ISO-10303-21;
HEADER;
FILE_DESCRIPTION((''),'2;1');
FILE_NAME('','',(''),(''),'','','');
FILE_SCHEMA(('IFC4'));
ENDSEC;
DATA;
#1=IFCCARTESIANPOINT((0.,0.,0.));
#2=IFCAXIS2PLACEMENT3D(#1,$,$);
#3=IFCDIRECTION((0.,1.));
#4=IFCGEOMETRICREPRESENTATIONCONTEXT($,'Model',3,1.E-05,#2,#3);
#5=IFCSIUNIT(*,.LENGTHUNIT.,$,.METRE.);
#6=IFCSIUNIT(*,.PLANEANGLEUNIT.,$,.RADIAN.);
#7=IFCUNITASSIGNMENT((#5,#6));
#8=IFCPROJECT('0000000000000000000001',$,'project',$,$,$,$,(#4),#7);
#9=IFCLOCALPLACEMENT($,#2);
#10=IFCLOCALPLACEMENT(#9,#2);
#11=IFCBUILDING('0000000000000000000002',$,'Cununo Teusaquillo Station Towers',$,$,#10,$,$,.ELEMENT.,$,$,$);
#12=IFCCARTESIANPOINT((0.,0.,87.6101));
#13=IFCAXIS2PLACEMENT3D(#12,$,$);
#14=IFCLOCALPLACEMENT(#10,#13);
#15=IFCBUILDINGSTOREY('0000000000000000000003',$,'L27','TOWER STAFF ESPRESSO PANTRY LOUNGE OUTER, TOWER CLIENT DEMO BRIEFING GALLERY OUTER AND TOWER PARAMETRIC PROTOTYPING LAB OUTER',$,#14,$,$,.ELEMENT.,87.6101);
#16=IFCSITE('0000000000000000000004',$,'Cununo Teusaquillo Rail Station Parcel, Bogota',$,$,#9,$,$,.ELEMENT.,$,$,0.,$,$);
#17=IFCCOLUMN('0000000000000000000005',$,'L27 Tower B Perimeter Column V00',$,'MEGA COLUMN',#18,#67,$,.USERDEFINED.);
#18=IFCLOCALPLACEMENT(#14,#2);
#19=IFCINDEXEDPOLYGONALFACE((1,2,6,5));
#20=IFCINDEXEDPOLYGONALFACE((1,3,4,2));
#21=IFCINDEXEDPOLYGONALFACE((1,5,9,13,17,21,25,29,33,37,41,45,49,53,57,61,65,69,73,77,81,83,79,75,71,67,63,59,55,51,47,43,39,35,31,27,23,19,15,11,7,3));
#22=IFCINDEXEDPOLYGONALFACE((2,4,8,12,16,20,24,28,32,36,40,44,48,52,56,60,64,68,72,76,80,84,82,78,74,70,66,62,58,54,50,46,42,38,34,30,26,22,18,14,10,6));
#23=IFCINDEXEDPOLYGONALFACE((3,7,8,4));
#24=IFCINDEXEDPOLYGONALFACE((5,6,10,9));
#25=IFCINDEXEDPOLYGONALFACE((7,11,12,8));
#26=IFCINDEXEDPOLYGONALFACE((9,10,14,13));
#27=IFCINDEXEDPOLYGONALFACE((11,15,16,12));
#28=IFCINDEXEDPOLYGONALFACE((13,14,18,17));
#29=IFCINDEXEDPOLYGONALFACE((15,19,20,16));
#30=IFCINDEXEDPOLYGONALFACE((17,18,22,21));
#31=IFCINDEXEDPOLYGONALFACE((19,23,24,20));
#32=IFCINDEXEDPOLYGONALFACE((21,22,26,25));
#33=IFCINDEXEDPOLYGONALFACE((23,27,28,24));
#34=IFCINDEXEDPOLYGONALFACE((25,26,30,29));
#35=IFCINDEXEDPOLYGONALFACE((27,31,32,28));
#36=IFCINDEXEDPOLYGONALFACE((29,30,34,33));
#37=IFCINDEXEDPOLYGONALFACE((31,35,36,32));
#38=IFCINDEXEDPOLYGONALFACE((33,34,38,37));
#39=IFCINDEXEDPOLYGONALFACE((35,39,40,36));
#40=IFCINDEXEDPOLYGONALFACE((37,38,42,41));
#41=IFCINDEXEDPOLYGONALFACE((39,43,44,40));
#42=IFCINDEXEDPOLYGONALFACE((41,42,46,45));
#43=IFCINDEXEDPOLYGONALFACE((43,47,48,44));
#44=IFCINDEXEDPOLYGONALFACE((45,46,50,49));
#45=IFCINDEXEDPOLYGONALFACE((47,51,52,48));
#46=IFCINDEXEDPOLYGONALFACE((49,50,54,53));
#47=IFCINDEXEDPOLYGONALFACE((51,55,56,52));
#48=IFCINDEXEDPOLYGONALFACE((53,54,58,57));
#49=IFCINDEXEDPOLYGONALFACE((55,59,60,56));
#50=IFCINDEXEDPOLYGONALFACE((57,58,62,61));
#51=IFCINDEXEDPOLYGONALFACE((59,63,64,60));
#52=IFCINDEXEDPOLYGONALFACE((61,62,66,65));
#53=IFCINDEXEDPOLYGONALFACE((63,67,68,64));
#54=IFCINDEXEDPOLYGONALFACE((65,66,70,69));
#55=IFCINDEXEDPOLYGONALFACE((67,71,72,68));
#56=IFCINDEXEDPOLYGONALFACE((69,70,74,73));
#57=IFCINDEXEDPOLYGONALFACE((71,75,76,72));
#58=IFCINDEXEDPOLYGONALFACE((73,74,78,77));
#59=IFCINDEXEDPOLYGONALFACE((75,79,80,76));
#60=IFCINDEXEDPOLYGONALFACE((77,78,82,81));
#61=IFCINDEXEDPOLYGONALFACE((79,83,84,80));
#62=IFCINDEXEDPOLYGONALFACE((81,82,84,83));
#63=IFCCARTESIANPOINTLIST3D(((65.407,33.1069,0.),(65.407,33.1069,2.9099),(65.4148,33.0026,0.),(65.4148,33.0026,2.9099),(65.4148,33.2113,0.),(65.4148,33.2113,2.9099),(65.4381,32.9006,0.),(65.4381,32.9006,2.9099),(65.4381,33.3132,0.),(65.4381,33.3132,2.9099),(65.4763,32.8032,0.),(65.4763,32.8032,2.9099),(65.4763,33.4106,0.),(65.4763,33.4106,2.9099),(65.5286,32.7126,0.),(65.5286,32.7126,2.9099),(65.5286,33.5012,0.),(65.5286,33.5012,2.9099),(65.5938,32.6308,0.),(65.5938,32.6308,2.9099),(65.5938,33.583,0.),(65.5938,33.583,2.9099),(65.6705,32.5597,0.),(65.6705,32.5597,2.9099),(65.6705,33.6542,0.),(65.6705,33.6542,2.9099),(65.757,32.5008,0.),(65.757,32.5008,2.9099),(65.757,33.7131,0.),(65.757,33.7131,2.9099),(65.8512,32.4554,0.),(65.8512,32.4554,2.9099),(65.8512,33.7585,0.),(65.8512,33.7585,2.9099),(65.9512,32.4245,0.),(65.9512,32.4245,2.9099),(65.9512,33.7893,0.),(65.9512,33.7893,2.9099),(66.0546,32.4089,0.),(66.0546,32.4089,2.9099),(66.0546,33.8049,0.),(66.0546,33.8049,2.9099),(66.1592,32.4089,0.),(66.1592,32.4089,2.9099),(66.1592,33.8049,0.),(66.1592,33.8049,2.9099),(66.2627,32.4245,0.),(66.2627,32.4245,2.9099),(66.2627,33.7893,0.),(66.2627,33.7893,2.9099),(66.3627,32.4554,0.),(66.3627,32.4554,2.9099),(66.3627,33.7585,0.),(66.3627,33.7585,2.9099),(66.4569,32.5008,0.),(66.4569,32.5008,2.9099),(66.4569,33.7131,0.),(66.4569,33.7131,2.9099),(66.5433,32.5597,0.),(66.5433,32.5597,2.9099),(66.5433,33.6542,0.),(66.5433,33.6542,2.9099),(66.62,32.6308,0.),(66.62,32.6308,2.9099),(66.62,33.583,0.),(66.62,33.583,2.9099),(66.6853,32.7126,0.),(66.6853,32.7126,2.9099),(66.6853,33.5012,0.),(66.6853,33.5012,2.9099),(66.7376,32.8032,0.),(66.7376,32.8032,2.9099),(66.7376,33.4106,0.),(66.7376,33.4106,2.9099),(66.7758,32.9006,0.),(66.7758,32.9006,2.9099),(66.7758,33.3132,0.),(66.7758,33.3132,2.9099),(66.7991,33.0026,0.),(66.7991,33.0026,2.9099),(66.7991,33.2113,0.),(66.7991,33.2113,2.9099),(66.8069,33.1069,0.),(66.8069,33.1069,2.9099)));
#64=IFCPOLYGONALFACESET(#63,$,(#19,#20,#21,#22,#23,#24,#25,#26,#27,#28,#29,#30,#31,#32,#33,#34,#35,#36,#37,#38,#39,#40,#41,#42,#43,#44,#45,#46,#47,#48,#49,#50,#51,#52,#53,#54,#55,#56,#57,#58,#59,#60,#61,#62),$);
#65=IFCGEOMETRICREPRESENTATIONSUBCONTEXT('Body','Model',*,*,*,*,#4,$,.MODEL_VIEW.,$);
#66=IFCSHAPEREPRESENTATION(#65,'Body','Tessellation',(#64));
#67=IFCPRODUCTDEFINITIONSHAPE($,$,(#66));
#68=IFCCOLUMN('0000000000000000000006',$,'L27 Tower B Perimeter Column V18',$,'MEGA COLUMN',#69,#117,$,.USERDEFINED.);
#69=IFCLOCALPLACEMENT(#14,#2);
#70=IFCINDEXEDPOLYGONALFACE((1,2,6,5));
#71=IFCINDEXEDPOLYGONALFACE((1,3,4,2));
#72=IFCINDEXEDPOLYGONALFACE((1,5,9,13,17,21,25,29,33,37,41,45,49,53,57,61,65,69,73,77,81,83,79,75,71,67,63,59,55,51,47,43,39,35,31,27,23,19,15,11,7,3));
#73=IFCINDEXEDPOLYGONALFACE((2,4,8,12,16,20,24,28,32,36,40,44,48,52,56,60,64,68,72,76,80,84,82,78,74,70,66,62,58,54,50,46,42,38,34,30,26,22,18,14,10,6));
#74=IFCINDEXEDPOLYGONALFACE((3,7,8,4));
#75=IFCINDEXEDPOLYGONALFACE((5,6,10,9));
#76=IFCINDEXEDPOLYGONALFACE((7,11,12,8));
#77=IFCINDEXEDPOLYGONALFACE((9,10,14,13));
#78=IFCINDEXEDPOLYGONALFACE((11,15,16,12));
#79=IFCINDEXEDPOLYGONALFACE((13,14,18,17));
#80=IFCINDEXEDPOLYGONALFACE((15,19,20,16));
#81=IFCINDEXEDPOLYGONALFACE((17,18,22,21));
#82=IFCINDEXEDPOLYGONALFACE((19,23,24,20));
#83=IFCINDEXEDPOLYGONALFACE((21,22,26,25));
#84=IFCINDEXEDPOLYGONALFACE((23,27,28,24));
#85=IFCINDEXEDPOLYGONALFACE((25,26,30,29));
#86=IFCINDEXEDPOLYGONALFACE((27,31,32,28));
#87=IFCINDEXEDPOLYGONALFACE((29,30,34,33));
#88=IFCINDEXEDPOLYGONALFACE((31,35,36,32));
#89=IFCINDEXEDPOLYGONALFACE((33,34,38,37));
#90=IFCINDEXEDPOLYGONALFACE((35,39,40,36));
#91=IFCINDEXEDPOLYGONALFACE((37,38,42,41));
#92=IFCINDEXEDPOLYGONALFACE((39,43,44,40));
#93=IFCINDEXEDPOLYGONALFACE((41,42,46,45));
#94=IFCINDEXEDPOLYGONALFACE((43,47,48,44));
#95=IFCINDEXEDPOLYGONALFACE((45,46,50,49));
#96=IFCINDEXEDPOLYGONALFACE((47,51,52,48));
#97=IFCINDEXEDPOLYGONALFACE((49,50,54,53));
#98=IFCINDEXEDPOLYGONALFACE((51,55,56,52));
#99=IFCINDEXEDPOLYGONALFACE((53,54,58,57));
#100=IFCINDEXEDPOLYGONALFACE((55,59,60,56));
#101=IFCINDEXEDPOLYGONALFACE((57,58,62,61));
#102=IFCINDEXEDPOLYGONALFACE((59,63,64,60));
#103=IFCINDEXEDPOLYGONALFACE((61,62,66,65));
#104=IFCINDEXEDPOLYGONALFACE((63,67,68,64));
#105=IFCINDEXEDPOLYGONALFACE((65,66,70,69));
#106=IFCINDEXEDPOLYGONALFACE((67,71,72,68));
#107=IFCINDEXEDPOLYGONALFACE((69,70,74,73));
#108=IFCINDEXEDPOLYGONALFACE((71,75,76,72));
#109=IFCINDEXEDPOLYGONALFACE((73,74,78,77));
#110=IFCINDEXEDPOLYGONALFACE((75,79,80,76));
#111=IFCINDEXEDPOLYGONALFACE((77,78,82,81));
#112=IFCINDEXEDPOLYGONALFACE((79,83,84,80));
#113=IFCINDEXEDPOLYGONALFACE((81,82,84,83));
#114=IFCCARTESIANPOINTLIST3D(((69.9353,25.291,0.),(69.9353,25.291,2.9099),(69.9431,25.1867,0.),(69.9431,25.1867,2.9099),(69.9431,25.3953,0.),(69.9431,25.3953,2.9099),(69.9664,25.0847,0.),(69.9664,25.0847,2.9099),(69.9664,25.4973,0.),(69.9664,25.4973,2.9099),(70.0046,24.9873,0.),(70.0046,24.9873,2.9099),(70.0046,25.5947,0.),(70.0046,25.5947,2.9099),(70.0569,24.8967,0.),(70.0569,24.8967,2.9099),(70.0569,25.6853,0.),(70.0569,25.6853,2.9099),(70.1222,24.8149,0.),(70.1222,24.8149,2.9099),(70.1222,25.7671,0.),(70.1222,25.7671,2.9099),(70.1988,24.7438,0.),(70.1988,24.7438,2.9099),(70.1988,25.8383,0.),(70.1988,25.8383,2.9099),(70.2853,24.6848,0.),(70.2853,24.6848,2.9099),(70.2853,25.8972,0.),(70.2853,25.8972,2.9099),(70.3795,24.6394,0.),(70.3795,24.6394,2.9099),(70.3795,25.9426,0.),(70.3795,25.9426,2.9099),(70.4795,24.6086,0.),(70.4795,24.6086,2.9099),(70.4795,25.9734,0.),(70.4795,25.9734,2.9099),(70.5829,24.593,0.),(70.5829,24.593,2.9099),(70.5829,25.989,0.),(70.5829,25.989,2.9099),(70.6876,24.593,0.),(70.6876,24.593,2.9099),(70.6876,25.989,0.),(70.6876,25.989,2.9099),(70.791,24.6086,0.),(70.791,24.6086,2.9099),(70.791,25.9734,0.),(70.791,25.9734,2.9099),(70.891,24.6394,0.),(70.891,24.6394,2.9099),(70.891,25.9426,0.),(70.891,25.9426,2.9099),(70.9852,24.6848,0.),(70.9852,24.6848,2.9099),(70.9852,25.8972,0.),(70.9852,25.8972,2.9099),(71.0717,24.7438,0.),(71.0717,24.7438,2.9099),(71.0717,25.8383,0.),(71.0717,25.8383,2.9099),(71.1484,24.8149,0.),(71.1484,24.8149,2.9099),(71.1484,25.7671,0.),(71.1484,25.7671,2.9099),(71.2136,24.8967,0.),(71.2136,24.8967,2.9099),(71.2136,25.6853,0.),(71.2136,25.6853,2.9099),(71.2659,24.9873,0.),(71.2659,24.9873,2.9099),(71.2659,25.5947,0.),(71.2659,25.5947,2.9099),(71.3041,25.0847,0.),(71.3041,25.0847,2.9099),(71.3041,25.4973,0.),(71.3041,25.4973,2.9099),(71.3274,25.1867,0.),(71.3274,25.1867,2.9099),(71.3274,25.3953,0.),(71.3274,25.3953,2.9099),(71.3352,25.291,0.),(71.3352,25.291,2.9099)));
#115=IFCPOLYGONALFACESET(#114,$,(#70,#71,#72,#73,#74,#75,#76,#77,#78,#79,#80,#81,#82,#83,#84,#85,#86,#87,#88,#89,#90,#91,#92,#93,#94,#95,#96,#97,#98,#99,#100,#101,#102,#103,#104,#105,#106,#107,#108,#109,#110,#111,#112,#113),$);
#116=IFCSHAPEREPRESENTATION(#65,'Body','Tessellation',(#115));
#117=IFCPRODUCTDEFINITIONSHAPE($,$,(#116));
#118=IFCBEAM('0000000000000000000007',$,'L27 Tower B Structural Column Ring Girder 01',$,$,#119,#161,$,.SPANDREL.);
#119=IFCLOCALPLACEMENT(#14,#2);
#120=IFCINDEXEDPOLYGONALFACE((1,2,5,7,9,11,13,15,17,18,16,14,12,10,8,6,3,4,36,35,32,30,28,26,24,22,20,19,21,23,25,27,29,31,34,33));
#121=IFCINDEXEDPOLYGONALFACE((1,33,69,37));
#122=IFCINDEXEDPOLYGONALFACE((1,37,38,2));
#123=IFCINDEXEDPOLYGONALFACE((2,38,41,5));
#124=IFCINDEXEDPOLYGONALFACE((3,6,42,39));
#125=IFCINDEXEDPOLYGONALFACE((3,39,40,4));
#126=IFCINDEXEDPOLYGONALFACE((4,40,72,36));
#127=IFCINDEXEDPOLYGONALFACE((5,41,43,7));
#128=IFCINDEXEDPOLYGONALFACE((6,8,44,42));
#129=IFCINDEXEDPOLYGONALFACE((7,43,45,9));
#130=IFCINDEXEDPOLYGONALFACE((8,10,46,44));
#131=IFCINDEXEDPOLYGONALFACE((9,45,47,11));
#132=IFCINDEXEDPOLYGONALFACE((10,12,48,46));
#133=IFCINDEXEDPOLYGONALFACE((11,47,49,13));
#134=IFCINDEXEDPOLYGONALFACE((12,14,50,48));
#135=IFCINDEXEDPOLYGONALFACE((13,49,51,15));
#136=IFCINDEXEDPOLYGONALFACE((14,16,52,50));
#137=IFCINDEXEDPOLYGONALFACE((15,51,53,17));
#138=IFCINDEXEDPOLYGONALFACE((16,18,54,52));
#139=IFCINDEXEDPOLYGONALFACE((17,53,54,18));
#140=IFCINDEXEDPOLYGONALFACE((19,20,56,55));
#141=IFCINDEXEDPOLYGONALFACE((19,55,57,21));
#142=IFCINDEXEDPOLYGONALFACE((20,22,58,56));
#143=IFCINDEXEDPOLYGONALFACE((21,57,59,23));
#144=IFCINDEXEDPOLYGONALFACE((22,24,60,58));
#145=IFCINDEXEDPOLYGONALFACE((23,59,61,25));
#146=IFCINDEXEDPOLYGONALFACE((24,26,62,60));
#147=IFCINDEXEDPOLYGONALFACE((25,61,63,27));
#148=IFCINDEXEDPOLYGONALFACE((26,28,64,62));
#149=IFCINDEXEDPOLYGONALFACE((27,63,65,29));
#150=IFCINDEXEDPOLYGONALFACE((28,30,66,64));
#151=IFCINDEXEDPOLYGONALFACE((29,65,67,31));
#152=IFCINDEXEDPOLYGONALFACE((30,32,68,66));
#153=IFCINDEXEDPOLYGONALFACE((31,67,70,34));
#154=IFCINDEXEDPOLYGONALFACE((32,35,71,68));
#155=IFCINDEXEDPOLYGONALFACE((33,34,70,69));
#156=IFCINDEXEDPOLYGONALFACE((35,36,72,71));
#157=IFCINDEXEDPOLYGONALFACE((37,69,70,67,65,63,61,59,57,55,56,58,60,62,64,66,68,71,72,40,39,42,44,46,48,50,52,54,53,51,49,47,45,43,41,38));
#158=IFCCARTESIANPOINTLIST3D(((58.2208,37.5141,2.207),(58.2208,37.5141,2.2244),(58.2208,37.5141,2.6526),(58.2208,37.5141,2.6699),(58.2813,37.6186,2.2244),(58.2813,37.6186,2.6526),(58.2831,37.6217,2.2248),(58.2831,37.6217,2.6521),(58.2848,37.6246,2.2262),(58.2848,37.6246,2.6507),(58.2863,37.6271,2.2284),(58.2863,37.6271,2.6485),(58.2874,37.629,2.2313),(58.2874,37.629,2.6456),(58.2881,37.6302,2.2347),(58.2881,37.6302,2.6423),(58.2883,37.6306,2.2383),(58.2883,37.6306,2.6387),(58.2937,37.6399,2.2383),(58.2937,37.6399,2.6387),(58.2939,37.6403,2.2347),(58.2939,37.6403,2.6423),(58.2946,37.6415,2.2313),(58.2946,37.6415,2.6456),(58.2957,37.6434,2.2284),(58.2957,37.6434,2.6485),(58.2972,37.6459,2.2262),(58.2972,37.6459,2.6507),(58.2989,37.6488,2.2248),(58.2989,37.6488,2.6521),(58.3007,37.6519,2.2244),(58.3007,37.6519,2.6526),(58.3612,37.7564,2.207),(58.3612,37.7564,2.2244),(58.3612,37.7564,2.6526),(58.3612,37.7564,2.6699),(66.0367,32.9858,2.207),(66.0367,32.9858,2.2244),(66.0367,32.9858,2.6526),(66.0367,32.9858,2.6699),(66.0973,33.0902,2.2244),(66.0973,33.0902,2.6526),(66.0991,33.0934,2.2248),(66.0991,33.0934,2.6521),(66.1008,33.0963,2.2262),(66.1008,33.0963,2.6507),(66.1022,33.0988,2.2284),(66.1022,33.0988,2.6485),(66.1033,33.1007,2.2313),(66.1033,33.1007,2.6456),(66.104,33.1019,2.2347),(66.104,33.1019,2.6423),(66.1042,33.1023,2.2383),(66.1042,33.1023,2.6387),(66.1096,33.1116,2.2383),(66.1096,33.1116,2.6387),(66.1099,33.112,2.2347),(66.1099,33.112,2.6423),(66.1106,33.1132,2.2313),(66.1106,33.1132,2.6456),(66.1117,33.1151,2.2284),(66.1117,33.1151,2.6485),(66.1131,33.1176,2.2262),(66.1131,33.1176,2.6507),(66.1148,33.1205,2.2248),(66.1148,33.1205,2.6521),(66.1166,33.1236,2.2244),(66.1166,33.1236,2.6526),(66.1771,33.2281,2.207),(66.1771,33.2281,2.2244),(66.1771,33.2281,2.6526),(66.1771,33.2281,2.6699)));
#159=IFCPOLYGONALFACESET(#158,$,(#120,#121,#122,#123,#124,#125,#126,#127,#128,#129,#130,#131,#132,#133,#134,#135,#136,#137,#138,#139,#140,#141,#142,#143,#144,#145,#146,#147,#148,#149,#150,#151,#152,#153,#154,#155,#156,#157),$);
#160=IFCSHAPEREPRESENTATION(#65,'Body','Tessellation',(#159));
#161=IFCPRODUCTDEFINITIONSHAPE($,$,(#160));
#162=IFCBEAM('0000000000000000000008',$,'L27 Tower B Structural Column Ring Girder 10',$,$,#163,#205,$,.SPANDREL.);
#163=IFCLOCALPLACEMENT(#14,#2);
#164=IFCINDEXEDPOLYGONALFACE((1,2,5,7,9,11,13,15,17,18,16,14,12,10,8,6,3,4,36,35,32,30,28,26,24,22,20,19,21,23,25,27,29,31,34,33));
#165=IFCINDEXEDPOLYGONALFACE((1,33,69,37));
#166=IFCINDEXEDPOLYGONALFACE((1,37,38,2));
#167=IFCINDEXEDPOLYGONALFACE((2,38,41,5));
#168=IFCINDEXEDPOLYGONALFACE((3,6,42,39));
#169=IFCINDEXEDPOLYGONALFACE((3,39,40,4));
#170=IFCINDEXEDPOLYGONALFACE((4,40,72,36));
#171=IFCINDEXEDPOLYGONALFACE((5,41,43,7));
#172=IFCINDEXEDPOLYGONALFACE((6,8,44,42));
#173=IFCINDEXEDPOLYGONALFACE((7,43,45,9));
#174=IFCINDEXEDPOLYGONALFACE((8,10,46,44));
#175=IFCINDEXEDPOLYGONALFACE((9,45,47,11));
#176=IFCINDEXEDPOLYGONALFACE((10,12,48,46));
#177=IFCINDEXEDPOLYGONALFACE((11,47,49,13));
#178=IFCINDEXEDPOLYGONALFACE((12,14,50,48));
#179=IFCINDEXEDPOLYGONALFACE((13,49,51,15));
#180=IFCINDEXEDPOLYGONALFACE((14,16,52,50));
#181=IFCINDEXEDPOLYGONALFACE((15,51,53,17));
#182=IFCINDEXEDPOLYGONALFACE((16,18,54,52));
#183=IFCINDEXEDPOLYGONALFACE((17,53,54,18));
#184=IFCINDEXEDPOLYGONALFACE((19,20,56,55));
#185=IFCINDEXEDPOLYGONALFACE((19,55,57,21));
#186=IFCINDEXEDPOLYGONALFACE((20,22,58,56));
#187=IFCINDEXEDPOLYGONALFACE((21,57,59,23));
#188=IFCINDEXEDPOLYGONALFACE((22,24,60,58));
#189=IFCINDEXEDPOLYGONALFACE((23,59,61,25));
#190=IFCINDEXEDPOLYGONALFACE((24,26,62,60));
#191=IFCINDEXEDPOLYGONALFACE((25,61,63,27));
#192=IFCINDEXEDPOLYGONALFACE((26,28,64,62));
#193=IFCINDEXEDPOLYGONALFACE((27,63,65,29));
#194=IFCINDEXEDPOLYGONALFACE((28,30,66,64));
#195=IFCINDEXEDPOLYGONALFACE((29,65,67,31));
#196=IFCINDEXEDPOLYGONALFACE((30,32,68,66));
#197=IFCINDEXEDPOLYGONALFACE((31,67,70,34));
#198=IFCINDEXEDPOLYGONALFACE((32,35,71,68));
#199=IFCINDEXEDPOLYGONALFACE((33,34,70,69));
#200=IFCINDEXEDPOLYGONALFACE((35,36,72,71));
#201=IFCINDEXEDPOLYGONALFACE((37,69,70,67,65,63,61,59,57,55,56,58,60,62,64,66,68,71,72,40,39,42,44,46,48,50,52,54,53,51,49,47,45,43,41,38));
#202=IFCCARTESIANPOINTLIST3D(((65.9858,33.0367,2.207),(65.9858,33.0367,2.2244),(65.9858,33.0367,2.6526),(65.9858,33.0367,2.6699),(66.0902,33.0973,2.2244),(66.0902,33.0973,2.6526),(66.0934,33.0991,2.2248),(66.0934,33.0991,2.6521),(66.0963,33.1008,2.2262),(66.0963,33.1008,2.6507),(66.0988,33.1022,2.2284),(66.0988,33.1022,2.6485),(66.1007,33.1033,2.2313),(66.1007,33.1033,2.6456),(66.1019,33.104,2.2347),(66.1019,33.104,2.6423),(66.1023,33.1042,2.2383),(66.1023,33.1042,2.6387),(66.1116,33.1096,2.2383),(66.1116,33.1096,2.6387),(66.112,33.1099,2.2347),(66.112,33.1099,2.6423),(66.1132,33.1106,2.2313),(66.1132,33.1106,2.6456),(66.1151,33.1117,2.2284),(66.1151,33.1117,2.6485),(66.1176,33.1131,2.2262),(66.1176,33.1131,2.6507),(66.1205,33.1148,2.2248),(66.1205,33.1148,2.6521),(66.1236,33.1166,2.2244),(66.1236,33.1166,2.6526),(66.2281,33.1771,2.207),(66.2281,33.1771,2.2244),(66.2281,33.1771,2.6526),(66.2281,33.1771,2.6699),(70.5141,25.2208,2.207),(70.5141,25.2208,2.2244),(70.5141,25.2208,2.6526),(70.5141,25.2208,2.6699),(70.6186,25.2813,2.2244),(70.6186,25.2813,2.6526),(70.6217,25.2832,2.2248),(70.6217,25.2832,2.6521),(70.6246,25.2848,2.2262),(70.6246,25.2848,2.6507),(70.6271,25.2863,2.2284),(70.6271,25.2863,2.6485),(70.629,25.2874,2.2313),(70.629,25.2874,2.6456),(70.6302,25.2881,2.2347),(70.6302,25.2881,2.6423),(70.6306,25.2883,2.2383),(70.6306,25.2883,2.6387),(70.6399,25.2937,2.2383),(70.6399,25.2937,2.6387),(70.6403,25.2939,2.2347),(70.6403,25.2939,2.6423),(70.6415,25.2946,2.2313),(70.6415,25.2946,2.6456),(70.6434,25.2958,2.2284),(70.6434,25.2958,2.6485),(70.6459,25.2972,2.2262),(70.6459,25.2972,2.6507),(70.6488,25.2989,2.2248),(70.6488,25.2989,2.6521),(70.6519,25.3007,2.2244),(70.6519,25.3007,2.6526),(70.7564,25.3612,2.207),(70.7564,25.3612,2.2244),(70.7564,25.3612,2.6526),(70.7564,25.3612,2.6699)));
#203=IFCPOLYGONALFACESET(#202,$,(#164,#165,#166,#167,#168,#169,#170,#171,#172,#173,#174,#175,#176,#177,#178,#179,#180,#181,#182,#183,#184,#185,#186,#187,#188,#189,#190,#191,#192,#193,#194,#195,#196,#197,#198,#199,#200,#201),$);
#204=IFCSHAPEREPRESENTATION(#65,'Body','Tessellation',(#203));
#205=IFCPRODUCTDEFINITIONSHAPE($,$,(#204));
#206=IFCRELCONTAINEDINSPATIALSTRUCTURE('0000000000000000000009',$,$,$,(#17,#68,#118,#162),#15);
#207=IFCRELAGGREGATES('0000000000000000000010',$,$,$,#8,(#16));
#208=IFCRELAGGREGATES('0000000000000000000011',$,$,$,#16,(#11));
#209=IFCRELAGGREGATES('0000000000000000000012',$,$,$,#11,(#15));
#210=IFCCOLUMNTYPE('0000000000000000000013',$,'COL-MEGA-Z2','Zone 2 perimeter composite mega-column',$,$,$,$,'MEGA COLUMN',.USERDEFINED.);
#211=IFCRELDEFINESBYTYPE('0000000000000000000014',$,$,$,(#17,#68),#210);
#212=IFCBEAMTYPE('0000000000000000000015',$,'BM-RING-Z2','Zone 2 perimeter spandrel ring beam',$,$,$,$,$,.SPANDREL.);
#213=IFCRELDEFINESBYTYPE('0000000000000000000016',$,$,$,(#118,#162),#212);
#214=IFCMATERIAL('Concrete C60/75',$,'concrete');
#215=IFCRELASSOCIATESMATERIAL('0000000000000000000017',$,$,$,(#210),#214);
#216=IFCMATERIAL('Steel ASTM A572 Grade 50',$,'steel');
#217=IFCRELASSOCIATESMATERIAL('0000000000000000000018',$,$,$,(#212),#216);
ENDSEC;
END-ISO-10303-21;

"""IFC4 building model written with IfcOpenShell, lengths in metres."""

from ifc_helpers import new_model, si_unit, direction, frame, origin, origin_2d, place, context, subcontext, project, spatial, circle, i_section, extrude, material, material_profile, profile_set, type_object, element, save


model = new_model("IFC4")

# Units and contexts
model_context = context("Model", 3, precision=1e-05, world=origin(), true_north=direction((0.0, 1.0)))
body_context = subcontext(model_context, "Body", "Model", "MODEL_VIEW")
ifc_project = project(units=[si_unit("LENGTHUNIT", "METRE"), si_unit("PLANEANGLEUNIT", "RADIAN")], contexts=[model_context])

# Site, building, storey
site_placement = place(None, origin())
site = spatial("IfcSite", under=ifc_project, at=site_placement, Name="Cununo Teusaquillo Rail Station Parcel, Bogota", CompositionType="ELEMENT", RefElevation=0.0)
building_placement = place(site_placement, origin())
building = spatial("IfcBuilding", under=site, at=building_placement, Name="Cununo Teusaquillo Station Towers", CompositionType="ELEMENT")
storey_placement = place(building_placement, frame((0.0, 0.0, 87.6101)))
storey = spatial("IfcBuildingStorey", under=building, at=storey_placement, Name="L27", Description="TOWER STAFF ESPRESSO PANTRY LOUNGE OUTER, TOWER CLIENT DEMO BRIEFING GALLERY OUTER AND TOWER PARAMETRIC PROTOTYPING LAB OUTER", CompositionType="ELEMENT", Elevation=87.6101)

# Columns
ifc_material_1 = material(Name="Concrete C60/75", Category="concrete")
ifc_material_profile_1 = material_profile(ifc_material_1, circle(Radius=0.7, at=origin_2d()), Name="RC-CIRC-1400")
ifc_profile_set_1 = profile_set([ifc_material_profile_1], Name="Concrete C60/75")
column_type = type_object("IfcColumnType", Name="COL-MEGA-Z2", Description="Zone 2 perimeter composite mega-column", ElementType="MEGA COLUMN", PredefinedType="USERDEFINED", material=ifc_profile_set_1)
for number, where, z_axis, x_axis, name in (
    (1, (66.1069, 33.1069, 0.0), (0.0, 0.0, 1.0), (1.0, 0.0, 0.0), "L27 Tower B Perimeter Column V00"),
    (2, (70.6353, 25.291, 0.0), (0.0, 0.0, 1.0), (1.0, 0.0, 0.0), "L27 Tower B Perimeter Column V18"),
):
    element("IfcColumn", number, at=place(storey_placement, frame(where, z_axis=z_axis, x_axis=x_axis)), inside=storey, type_object=column_type, Name=name, ObjectType="MEGA COLUMN", PredefinedType="USERDEFINED", context=body_context, shape_type="SweptSolid", body=[
        extrude(circle(Radius=0.7, at=origin_2d()), origin(), (0.0, 0.0, 1.0), 2.9099),
    ])

# Beams
ifc_material_2 = material(Name="Steel ASTM A572 Grade 50", Category="steel")
ifc_material_profile_2 = material_profile(ifc_material_2, i_section(OverallWidth=0.28, OverallDepth=0.4629, WebThickness=0.0107, FlangeThickness=0.0173, FilletRadius=0.0139, at=origin_2d()), Name="W18X76")
ifc_profile_set_2 = profile_set([ifc_material_profile_2], Name="Steel ASTM A572 Grade 50")
beam_type = type_object("IfcBeamType", Name="BM-RING-Z2", Description="Zone 2 perimeter spandrel ring beam", PredefinedType="SPANDREL", material=ifc_profile_set_2)
for number, where, z_axis, x_axis, name in (
    (3, (66.1069, 33.1069, 2.4385), (-0.865267, 0.501311, 0.0), (-0.501311, -0.865267, 0.0), "L27 Tower B Structural Column Ring Girder 01"),
    (4, (70.6353, 25.291, 2.4385), (-0.501311, 0.865267, 0.0), (-0.865267, -0.501311, 0.0), "L27 Tower B Structural Column Ring Girder 10"),
):
    element("IfcBeam", number, at=place(storey_placement, frame(where, z_axis=z_axis, x_axis=x_axis)), inside=storey, type_object=beam_type, Name=name, PredefinedType="SPANDREL", context=body_context, shape_type="SweptSolid", body=[
        extrude(i_section(OverallWidth=0.28, OverallDepth=0.4629, WebThickness=0.0107, FlangeThickness=0.0173, FilletRadius=0.0139, at=origin_2d()), origin(), (0.0, 0.0, 1.0), 9.033),
    ])

save(model, "model.ifc")
